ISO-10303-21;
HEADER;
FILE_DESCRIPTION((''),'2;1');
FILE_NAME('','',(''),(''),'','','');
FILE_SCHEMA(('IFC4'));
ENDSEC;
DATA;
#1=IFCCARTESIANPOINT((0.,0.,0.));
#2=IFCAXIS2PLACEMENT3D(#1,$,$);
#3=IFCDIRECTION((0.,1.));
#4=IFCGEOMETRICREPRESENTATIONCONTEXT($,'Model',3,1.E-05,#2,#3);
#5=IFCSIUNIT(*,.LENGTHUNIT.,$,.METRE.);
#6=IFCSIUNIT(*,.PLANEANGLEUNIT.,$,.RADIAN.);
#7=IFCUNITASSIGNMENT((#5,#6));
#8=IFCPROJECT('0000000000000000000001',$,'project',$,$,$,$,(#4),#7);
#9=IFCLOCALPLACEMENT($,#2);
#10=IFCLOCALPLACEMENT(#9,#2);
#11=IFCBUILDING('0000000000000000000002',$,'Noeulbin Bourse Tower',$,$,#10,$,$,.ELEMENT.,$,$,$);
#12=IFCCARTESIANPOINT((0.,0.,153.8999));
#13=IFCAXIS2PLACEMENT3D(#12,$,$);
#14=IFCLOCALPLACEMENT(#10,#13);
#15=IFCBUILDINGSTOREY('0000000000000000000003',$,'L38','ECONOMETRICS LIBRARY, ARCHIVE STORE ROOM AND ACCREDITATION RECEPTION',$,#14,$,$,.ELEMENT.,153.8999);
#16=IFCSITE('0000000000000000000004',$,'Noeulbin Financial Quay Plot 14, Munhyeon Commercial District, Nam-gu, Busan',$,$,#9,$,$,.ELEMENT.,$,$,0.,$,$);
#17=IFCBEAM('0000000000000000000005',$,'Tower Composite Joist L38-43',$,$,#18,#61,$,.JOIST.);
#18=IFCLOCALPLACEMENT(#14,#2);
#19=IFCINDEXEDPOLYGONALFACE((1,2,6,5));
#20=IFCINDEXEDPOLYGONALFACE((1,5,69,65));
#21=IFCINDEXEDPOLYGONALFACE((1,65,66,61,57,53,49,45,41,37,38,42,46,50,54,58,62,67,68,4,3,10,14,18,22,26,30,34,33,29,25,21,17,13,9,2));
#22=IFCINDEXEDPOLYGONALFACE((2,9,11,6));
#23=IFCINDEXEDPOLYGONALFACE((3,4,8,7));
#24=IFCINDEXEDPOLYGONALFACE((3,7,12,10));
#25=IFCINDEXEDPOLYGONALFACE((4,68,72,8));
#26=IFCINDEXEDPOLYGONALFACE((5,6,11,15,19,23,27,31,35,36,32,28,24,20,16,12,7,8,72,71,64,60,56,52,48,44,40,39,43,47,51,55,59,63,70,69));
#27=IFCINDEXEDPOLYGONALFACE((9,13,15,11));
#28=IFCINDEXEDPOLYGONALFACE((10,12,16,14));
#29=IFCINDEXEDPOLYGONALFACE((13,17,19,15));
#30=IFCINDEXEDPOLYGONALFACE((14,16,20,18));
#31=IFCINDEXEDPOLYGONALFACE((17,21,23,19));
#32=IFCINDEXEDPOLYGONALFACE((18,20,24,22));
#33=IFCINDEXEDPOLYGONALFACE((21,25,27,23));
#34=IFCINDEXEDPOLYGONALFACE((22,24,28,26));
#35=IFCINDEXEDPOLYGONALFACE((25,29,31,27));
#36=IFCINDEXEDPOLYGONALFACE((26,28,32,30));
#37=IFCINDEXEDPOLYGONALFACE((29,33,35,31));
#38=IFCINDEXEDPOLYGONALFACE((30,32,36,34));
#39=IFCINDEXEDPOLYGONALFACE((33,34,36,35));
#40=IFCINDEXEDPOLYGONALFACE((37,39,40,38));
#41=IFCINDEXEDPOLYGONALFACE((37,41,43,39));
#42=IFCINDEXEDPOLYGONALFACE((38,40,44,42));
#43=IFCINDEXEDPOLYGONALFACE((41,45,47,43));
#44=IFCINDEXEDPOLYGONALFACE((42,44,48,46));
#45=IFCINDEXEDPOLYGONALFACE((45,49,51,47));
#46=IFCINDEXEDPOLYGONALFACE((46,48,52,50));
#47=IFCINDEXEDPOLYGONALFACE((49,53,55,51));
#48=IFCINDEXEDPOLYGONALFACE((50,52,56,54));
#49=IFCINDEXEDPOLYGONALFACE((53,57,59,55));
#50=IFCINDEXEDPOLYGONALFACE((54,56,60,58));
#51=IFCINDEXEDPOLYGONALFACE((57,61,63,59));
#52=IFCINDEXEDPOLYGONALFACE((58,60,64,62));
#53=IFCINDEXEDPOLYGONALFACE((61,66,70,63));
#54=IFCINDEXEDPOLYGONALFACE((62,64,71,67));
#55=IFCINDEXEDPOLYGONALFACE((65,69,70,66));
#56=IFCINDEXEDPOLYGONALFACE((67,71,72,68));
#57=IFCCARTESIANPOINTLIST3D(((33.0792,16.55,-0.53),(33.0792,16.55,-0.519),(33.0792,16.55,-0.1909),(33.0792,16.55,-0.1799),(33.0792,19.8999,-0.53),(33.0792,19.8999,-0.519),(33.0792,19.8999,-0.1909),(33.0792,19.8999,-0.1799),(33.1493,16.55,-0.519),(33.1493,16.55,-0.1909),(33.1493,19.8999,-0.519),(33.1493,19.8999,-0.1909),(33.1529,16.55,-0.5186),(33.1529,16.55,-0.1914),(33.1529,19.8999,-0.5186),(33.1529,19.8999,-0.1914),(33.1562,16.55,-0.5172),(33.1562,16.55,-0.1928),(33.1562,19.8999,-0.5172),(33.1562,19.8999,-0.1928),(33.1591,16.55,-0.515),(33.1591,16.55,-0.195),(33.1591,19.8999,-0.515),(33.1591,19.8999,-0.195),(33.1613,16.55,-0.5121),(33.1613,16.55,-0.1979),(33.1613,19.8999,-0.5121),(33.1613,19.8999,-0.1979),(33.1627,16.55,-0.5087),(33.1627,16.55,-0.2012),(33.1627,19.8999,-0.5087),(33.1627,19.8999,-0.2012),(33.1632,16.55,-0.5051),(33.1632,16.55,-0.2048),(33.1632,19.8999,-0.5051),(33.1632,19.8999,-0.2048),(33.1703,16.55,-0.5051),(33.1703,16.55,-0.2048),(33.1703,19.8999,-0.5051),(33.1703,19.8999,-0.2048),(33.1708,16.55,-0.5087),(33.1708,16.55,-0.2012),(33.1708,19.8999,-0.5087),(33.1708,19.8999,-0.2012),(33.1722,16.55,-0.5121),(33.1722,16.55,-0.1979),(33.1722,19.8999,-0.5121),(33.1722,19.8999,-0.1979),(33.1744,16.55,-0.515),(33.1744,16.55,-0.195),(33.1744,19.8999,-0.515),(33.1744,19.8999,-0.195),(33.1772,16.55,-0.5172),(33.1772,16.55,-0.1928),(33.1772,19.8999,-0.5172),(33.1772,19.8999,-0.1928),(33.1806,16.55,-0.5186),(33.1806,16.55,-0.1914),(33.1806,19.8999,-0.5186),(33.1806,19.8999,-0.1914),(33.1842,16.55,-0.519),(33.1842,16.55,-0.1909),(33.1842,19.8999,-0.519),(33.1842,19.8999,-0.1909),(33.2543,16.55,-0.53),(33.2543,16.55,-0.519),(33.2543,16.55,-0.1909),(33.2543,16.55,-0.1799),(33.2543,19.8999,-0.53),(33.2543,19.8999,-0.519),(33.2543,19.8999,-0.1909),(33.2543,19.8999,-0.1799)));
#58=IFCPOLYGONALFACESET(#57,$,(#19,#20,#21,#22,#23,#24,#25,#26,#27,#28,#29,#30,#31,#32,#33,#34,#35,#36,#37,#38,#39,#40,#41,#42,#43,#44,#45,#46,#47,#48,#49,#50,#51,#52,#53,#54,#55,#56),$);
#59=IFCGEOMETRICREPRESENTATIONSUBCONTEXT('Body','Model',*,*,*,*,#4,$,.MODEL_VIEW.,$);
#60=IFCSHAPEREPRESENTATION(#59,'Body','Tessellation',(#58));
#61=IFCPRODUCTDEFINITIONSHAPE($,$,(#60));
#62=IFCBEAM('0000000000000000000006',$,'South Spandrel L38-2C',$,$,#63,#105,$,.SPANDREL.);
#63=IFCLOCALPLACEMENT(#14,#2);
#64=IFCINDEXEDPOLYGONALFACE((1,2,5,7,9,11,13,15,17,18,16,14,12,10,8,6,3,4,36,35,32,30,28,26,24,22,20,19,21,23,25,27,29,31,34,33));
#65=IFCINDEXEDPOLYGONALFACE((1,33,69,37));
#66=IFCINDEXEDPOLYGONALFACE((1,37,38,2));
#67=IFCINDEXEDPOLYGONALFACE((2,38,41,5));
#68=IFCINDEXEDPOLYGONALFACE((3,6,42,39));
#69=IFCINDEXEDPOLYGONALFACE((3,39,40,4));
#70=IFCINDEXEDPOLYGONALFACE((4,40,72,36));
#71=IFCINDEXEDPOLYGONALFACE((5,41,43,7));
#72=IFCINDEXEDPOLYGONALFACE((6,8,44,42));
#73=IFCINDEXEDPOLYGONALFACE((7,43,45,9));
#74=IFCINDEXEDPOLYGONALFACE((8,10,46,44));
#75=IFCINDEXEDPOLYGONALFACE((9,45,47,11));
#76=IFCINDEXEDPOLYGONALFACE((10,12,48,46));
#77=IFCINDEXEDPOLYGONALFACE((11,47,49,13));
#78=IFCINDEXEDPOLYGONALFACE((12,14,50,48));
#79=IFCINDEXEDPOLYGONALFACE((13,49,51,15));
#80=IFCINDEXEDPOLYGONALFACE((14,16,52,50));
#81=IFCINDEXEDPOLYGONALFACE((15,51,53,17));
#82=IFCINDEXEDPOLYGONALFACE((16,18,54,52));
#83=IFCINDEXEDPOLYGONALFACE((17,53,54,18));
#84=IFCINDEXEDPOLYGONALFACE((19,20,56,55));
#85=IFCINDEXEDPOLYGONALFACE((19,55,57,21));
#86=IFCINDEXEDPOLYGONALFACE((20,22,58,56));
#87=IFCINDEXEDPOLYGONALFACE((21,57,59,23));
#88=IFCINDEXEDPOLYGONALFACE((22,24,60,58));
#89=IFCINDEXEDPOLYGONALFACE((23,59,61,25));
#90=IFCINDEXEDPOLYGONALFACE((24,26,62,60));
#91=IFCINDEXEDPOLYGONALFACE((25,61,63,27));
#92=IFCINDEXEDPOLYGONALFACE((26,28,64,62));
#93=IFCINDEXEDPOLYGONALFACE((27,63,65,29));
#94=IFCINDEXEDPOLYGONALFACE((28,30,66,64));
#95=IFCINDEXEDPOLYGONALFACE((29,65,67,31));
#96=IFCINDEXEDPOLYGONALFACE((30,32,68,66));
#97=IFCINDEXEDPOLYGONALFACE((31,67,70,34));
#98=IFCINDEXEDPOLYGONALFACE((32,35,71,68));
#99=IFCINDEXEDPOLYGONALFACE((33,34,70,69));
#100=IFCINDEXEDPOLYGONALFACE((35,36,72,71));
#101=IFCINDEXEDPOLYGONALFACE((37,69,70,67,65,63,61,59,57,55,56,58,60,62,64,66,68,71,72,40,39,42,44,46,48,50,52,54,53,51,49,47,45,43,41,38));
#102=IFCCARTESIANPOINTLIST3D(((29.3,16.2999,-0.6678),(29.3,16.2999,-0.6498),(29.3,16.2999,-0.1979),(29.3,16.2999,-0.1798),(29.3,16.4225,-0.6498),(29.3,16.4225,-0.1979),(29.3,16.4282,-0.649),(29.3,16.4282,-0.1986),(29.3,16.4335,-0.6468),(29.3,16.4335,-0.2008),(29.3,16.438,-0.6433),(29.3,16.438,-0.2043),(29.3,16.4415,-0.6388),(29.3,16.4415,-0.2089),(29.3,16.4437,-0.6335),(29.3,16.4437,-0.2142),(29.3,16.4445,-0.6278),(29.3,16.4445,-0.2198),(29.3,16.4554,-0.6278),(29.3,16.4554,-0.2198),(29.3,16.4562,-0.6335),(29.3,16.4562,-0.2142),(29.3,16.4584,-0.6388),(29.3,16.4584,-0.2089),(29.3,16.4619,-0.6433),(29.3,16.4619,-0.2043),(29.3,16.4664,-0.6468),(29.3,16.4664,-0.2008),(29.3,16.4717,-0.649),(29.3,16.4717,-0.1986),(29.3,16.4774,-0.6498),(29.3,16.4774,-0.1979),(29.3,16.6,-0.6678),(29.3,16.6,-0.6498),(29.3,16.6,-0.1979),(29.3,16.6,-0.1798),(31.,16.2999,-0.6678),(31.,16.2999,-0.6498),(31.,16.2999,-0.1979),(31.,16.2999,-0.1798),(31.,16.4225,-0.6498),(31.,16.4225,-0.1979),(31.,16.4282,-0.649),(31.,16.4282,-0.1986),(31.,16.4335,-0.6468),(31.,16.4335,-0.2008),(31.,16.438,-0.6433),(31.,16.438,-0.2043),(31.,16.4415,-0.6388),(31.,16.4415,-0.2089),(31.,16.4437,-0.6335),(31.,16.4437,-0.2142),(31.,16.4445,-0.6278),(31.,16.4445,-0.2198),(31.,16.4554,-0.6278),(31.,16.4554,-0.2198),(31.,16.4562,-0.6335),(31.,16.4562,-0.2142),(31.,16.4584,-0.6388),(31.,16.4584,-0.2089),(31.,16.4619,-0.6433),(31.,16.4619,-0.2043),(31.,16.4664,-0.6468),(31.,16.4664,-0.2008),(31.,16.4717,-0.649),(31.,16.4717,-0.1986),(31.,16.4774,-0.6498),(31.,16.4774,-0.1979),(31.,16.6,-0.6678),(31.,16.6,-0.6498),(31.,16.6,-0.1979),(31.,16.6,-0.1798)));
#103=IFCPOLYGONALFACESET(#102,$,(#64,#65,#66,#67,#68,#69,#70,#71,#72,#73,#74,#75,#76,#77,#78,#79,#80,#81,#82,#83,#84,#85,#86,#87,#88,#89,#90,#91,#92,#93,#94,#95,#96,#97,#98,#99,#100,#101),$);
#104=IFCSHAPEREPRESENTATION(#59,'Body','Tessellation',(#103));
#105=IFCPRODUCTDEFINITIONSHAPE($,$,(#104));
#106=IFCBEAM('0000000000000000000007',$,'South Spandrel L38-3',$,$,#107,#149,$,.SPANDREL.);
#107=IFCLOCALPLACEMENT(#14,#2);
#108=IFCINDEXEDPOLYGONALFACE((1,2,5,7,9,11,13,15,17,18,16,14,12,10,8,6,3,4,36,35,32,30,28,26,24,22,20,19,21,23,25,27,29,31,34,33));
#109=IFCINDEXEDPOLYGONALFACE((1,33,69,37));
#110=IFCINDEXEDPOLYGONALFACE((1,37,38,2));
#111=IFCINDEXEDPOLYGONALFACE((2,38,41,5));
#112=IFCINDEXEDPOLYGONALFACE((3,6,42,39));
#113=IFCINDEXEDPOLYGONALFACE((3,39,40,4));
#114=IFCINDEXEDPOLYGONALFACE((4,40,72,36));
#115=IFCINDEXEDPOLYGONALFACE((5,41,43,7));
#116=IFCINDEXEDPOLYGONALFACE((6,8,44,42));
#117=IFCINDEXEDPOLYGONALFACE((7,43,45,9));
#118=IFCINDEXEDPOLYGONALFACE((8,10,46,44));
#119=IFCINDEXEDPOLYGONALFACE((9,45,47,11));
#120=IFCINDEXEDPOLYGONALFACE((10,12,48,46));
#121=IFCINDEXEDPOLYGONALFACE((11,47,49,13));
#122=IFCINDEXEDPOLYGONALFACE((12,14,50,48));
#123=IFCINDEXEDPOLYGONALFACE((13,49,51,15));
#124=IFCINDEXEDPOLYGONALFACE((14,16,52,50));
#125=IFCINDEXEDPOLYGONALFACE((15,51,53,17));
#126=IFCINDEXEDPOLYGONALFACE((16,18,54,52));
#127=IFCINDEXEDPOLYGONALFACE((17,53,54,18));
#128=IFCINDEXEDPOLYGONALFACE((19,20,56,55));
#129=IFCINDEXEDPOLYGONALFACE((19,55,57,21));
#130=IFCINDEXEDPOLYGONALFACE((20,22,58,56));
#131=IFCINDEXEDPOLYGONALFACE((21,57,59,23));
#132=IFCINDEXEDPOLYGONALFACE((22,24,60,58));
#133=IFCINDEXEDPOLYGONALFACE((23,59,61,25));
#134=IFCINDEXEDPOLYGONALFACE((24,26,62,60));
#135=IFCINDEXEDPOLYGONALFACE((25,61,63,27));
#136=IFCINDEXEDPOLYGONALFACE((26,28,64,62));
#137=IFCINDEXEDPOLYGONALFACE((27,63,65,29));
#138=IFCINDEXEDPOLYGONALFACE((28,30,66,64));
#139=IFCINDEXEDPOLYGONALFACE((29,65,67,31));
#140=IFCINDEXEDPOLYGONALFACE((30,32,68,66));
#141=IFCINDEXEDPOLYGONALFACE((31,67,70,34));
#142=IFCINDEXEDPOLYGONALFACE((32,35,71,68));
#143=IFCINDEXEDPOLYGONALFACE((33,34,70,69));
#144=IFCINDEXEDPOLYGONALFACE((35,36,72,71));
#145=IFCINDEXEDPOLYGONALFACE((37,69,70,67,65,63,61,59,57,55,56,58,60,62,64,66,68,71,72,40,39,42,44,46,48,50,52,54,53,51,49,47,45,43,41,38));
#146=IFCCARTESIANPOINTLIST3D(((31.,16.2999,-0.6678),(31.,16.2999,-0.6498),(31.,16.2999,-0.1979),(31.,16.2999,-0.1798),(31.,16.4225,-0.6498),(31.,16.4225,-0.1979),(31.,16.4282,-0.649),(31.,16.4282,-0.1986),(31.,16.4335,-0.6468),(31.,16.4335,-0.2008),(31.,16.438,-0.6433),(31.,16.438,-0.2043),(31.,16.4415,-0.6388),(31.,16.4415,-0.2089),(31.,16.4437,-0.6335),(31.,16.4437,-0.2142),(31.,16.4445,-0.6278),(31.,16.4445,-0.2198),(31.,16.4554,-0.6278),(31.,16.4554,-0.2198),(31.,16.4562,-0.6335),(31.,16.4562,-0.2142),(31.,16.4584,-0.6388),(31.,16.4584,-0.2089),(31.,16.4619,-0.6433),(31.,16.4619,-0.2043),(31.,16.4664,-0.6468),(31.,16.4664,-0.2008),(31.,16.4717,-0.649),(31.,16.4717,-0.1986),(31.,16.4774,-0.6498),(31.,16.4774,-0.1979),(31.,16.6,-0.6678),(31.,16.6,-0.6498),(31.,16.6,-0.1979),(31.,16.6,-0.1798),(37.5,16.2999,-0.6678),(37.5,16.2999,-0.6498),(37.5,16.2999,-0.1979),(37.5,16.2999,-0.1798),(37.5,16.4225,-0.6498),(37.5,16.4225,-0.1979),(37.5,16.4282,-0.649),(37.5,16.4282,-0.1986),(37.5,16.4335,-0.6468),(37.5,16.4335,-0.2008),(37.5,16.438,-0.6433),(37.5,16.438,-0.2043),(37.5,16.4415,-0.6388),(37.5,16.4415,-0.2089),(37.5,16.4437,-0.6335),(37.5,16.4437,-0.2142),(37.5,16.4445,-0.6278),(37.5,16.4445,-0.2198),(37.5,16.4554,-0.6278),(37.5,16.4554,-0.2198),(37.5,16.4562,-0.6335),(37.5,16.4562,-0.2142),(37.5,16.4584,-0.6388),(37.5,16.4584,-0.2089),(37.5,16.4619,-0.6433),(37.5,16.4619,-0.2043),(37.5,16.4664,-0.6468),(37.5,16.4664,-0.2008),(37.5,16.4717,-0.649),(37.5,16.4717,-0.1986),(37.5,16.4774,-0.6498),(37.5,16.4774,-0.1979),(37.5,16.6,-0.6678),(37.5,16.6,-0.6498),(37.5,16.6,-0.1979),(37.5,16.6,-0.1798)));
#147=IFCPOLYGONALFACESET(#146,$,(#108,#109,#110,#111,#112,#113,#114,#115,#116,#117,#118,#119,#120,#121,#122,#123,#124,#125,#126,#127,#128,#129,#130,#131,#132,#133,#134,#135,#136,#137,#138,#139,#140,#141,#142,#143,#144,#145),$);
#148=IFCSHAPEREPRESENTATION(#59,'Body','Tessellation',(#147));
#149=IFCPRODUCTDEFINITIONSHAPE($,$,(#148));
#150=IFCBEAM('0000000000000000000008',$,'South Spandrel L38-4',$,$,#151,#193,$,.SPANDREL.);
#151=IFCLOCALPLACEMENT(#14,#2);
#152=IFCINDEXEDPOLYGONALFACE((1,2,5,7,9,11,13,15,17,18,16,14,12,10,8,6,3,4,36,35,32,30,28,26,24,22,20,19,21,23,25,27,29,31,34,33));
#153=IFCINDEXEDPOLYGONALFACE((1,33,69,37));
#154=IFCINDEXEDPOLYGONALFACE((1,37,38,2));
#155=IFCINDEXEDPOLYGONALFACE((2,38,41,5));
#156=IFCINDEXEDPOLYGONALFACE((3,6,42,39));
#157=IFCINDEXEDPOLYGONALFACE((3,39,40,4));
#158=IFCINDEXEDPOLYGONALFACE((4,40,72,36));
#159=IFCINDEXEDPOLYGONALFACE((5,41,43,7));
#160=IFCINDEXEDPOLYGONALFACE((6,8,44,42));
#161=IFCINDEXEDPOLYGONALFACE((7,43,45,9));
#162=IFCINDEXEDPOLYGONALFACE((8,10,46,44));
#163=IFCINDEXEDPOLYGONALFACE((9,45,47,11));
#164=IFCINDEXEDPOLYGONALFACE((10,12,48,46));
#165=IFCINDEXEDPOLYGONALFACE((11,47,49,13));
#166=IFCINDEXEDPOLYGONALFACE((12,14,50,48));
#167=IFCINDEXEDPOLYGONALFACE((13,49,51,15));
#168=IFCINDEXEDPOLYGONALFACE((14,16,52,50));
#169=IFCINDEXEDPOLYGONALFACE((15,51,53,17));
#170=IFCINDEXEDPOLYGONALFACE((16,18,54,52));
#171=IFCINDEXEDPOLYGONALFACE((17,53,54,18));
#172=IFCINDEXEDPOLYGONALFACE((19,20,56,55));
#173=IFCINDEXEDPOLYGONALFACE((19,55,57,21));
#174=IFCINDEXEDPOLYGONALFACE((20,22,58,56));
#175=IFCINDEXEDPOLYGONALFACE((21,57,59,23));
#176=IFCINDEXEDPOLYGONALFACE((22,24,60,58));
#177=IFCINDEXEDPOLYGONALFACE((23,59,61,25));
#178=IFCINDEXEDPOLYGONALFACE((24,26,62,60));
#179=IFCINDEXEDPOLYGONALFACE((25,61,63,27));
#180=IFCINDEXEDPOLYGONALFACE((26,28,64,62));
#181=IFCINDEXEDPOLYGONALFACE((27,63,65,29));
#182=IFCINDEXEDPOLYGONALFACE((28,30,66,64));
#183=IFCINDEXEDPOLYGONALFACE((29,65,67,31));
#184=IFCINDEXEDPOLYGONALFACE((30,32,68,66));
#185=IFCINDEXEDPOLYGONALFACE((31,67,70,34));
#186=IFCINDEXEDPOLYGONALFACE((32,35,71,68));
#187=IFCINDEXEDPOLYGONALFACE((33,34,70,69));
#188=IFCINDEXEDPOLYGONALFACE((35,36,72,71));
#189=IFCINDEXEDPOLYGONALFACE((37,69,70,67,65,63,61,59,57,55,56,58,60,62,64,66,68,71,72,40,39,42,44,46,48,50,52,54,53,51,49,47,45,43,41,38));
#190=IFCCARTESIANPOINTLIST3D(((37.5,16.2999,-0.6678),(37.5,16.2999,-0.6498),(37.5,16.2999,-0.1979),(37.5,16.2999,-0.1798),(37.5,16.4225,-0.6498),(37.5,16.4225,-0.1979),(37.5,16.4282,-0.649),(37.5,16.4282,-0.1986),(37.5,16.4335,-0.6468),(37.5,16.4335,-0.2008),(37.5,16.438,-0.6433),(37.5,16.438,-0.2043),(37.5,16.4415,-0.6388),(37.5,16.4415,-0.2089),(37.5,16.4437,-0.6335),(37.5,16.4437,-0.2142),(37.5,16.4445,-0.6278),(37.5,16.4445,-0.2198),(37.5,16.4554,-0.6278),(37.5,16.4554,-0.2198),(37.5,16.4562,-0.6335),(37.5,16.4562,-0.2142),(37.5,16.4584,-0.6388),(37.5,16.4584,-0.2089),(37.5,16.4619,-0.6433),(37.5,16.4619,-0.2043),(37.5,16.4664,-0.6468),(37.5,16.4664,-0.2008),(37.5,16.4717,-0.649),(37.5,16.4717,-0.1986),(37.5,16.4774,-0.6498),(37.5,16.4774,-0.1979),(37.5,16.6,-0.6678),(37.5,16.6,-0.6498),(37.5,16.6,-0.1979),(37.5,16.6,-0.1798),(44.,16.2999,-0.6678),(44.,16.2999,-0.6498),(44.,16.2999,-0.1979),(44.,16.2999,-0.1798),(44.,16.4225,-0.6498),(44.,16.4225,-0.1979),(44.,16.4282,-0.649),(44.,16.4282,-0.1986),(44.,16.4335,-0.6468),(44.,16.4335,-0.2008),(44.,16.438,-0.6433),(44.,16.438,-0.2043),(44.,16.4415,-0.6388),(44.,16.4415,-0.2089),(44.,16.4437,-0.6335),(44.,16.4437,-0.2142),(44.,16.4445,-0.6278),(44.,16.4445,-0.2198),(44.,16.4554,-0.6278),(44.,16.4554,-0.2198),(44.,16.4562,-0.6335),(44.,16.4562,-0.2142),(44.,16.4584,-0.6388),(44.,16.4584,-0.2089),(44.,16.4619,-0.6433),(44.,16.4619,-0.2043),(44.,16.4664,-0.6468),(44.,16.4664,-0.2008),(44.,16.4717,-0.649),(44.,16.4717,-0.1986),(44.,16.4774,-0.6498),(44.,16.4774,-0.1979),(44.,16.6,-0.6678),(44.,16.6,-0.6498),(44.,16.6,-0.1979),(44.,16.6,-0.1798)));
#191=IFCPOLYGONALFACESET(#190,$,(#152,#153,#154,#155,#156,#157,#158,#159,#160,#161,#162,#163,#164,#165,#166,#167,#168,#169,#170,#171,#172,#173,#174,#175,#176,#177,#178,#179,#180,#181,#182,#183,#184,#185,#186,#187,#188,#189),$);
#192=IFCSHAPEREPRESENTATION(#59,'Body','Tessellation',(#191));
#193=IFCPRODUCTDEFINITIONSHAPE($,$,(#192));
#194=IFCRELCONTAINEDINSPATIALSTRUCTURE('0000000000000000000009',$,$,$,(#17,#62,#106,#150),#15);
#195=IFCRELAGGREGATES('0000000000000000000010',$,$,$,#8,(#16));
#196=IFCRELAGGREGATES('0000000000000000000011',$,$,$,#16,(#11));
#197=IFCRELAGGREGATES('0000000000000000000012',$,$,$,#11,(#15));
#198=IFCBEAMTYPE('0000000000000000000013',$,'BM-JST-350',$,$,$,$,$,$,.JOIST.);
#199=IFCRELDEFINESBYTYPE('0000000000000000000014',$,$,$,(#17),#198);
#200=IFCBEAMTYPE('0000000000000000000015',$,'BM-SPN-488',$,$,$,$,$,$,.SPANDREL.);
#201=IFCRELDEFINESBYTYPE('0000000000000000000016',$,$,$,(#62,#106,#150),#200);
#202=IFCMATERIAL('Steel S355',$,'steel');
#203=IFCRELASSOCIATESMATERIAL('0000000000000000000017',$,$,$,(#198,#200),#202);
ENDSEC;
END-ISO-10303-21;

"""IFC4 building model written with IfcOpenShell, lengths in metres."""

from ifc_helpers import new_model, si_unit, direction, frame, origin, origin_2d, place, context, subcontext, project, spatial, i_section, extrude, material, material_profile, profile_set, type_object, element, save


model = new_model("IFC4")

# Units and contexts
model_context = context("Model", 3, precision=1e-05, world=origin(), true_north=direction((0.0, 1.0)))
body_context = subcontext(model_context, "Body", "Model", "MODEL_VIEW")
ifc_project = project(units=[si_unit("LENGTHUNIT", "METRE"), si_unit("PLANEANGLEUNIT", "RADIAN")], contexts=[model_context])

# Site, building, storey
site_placement = place(None, origin())
site = spatial("IfcSite", under=ifc_project, at=site_placement, Name="Noeulbin Financial Quay Plot 14, Munhyeon Commercial District, Nam-gu, Busan", CompositionType="ELEMENT", RefElevation=0.0)
building_placement = place(site_placement, origin())
building = spatial("IfcBuilding", under=site, at=building_placement, Name="Noeulbin Bourse Tower", CompositionType="ELEMENT")
storey_placement = place(building_placement, frame((0.0, 0.0, 153.8999)))
storey = spatial("IfcBuildingStorey", under=building, at=storey_placement, Name="L38", Description="ECONOMETRICS LIBRARY, ARCHIVE STORE ROOM AND ACCREDITATION RECEPTION", CompositionType="ELEMENT", Elevation=153.8999)

# Shared definitions
ifc_material_1 = material(Name="Steel S355", Category="steel")

# Beams
ifc_material_profile_1 = material_profile(ifc_material_1, i_section(OverallWidth=0.175, OverallDepth=0.3501, WebThickness=0.0071, FlangeThickness=0.011, FilletRadius=0.0139, at=origin_2d()), Name="H-350x175x7x11", Category="LoadBearing")
ifc_profile_set_1 = profile_set([ifc_material_profile_1], Name="Steel S355")
beam_type_1 = type_object("IfcBeamType", Name="BM-JST-350", PredefinedType="JOIST", material=ifc_profile_set_1)
for number, where, z_axis, x_axis, name in (
    (1, (33.1667, 16.55, -0.355), (0.0, 1.0, 0.0), (-1.0, 0.0, 0.0), "Tower Composite Joist L38-43"),
):
    element("IfcBeam", number, at=place(storey_placement, frame(where, z_axis=z_axis, x_axis=x_axis)), inside=storey, type_object=beam_type_1, Name=name, PredefinedType="JOIST", context=body_context, shape_type="SweptSolid", body=[
        extrude(i_section(OverallWidth=0.175, OverallDepth=0.3501, WebThickness=0.0071, FlangeThickness=0.011, FilletRadius=0.0139, at=origin_2d()), origin(), (0.0, 0.0, 1.0), 3.3499),
    ])
ifc_material_profile_2 = material_profile(ifc_material_1, i_section(OverallWidth=0.3, OverallDepth=0.488, WebThickness=0.011, FlangeThickness=0.0181, FilletRadius=0.022, at=origin_2d()), Name="H-488x300x11x18", Category="LoadBearing")
ifc_profile_set_2 = profile_set([ifc_material_profile_2], Name="Steel S355")
beam_type_2 = type_object("IfcBeamType", Name="BM-SPN-488", PredefinedType="SPANDREL", material=ifc_profile_set_2)
beam_1_placement = place(storey_placement, frame((29.3, 16.45, -0.4238), z_axis=(1.0, 0.0, 0.0), x_axis=(0.0, 1.0, 0.0)))
element("IfcBeam", 2, at=beam_1_placement, inside=storey, type_object=beam_type_2, Name="South Spandrel L38-2C", PredefinedType="SPANDREL", context=body_context, shape_type="SweptSolid", body=[
    extrude(i_section(OverallWidth=0.3, OverallDepth=0.488, WebThickness=0.011, FlangeThickness=0.0181, FilletRadius=0.022, at=origin_2d()), origin(), (0.0, 0.0, 1.0), 1.7),
])
for number, where, z_axis, x_axis, name in (
    (3, (31.0, 16.45, -0.4238), (1.0, 0.0, 0.0), (0.0, 1.0, 0.0), "South Spandrel L38-3"),
    (4, (37.5, 16.45, -0.4238), (1.0, 0.0, 0.0), (0.0, 1.0, 0.0), "South Spandrel L38-4"),
):
    element("IfcBeam", number, at=place(storey_placement, frame(where, z_axis=z_axis, x_axis=x_axis)), inside=storey, type_object=beam_type_2, Name=name, PredefinedType="SPANDREL", context=body_context, shape_type="SweptSolid", body=[
        extrude(i_section(OverallWidth=0.3, OverallDepth=0.488, WebThickness=0.011, FlangeThickness=0.0181, FilletRadius=0.022, at=origin_2d()), origin(), (0.0, 0.0, 1.0), 6.5),
    ])

save(model, "model.ifc")
